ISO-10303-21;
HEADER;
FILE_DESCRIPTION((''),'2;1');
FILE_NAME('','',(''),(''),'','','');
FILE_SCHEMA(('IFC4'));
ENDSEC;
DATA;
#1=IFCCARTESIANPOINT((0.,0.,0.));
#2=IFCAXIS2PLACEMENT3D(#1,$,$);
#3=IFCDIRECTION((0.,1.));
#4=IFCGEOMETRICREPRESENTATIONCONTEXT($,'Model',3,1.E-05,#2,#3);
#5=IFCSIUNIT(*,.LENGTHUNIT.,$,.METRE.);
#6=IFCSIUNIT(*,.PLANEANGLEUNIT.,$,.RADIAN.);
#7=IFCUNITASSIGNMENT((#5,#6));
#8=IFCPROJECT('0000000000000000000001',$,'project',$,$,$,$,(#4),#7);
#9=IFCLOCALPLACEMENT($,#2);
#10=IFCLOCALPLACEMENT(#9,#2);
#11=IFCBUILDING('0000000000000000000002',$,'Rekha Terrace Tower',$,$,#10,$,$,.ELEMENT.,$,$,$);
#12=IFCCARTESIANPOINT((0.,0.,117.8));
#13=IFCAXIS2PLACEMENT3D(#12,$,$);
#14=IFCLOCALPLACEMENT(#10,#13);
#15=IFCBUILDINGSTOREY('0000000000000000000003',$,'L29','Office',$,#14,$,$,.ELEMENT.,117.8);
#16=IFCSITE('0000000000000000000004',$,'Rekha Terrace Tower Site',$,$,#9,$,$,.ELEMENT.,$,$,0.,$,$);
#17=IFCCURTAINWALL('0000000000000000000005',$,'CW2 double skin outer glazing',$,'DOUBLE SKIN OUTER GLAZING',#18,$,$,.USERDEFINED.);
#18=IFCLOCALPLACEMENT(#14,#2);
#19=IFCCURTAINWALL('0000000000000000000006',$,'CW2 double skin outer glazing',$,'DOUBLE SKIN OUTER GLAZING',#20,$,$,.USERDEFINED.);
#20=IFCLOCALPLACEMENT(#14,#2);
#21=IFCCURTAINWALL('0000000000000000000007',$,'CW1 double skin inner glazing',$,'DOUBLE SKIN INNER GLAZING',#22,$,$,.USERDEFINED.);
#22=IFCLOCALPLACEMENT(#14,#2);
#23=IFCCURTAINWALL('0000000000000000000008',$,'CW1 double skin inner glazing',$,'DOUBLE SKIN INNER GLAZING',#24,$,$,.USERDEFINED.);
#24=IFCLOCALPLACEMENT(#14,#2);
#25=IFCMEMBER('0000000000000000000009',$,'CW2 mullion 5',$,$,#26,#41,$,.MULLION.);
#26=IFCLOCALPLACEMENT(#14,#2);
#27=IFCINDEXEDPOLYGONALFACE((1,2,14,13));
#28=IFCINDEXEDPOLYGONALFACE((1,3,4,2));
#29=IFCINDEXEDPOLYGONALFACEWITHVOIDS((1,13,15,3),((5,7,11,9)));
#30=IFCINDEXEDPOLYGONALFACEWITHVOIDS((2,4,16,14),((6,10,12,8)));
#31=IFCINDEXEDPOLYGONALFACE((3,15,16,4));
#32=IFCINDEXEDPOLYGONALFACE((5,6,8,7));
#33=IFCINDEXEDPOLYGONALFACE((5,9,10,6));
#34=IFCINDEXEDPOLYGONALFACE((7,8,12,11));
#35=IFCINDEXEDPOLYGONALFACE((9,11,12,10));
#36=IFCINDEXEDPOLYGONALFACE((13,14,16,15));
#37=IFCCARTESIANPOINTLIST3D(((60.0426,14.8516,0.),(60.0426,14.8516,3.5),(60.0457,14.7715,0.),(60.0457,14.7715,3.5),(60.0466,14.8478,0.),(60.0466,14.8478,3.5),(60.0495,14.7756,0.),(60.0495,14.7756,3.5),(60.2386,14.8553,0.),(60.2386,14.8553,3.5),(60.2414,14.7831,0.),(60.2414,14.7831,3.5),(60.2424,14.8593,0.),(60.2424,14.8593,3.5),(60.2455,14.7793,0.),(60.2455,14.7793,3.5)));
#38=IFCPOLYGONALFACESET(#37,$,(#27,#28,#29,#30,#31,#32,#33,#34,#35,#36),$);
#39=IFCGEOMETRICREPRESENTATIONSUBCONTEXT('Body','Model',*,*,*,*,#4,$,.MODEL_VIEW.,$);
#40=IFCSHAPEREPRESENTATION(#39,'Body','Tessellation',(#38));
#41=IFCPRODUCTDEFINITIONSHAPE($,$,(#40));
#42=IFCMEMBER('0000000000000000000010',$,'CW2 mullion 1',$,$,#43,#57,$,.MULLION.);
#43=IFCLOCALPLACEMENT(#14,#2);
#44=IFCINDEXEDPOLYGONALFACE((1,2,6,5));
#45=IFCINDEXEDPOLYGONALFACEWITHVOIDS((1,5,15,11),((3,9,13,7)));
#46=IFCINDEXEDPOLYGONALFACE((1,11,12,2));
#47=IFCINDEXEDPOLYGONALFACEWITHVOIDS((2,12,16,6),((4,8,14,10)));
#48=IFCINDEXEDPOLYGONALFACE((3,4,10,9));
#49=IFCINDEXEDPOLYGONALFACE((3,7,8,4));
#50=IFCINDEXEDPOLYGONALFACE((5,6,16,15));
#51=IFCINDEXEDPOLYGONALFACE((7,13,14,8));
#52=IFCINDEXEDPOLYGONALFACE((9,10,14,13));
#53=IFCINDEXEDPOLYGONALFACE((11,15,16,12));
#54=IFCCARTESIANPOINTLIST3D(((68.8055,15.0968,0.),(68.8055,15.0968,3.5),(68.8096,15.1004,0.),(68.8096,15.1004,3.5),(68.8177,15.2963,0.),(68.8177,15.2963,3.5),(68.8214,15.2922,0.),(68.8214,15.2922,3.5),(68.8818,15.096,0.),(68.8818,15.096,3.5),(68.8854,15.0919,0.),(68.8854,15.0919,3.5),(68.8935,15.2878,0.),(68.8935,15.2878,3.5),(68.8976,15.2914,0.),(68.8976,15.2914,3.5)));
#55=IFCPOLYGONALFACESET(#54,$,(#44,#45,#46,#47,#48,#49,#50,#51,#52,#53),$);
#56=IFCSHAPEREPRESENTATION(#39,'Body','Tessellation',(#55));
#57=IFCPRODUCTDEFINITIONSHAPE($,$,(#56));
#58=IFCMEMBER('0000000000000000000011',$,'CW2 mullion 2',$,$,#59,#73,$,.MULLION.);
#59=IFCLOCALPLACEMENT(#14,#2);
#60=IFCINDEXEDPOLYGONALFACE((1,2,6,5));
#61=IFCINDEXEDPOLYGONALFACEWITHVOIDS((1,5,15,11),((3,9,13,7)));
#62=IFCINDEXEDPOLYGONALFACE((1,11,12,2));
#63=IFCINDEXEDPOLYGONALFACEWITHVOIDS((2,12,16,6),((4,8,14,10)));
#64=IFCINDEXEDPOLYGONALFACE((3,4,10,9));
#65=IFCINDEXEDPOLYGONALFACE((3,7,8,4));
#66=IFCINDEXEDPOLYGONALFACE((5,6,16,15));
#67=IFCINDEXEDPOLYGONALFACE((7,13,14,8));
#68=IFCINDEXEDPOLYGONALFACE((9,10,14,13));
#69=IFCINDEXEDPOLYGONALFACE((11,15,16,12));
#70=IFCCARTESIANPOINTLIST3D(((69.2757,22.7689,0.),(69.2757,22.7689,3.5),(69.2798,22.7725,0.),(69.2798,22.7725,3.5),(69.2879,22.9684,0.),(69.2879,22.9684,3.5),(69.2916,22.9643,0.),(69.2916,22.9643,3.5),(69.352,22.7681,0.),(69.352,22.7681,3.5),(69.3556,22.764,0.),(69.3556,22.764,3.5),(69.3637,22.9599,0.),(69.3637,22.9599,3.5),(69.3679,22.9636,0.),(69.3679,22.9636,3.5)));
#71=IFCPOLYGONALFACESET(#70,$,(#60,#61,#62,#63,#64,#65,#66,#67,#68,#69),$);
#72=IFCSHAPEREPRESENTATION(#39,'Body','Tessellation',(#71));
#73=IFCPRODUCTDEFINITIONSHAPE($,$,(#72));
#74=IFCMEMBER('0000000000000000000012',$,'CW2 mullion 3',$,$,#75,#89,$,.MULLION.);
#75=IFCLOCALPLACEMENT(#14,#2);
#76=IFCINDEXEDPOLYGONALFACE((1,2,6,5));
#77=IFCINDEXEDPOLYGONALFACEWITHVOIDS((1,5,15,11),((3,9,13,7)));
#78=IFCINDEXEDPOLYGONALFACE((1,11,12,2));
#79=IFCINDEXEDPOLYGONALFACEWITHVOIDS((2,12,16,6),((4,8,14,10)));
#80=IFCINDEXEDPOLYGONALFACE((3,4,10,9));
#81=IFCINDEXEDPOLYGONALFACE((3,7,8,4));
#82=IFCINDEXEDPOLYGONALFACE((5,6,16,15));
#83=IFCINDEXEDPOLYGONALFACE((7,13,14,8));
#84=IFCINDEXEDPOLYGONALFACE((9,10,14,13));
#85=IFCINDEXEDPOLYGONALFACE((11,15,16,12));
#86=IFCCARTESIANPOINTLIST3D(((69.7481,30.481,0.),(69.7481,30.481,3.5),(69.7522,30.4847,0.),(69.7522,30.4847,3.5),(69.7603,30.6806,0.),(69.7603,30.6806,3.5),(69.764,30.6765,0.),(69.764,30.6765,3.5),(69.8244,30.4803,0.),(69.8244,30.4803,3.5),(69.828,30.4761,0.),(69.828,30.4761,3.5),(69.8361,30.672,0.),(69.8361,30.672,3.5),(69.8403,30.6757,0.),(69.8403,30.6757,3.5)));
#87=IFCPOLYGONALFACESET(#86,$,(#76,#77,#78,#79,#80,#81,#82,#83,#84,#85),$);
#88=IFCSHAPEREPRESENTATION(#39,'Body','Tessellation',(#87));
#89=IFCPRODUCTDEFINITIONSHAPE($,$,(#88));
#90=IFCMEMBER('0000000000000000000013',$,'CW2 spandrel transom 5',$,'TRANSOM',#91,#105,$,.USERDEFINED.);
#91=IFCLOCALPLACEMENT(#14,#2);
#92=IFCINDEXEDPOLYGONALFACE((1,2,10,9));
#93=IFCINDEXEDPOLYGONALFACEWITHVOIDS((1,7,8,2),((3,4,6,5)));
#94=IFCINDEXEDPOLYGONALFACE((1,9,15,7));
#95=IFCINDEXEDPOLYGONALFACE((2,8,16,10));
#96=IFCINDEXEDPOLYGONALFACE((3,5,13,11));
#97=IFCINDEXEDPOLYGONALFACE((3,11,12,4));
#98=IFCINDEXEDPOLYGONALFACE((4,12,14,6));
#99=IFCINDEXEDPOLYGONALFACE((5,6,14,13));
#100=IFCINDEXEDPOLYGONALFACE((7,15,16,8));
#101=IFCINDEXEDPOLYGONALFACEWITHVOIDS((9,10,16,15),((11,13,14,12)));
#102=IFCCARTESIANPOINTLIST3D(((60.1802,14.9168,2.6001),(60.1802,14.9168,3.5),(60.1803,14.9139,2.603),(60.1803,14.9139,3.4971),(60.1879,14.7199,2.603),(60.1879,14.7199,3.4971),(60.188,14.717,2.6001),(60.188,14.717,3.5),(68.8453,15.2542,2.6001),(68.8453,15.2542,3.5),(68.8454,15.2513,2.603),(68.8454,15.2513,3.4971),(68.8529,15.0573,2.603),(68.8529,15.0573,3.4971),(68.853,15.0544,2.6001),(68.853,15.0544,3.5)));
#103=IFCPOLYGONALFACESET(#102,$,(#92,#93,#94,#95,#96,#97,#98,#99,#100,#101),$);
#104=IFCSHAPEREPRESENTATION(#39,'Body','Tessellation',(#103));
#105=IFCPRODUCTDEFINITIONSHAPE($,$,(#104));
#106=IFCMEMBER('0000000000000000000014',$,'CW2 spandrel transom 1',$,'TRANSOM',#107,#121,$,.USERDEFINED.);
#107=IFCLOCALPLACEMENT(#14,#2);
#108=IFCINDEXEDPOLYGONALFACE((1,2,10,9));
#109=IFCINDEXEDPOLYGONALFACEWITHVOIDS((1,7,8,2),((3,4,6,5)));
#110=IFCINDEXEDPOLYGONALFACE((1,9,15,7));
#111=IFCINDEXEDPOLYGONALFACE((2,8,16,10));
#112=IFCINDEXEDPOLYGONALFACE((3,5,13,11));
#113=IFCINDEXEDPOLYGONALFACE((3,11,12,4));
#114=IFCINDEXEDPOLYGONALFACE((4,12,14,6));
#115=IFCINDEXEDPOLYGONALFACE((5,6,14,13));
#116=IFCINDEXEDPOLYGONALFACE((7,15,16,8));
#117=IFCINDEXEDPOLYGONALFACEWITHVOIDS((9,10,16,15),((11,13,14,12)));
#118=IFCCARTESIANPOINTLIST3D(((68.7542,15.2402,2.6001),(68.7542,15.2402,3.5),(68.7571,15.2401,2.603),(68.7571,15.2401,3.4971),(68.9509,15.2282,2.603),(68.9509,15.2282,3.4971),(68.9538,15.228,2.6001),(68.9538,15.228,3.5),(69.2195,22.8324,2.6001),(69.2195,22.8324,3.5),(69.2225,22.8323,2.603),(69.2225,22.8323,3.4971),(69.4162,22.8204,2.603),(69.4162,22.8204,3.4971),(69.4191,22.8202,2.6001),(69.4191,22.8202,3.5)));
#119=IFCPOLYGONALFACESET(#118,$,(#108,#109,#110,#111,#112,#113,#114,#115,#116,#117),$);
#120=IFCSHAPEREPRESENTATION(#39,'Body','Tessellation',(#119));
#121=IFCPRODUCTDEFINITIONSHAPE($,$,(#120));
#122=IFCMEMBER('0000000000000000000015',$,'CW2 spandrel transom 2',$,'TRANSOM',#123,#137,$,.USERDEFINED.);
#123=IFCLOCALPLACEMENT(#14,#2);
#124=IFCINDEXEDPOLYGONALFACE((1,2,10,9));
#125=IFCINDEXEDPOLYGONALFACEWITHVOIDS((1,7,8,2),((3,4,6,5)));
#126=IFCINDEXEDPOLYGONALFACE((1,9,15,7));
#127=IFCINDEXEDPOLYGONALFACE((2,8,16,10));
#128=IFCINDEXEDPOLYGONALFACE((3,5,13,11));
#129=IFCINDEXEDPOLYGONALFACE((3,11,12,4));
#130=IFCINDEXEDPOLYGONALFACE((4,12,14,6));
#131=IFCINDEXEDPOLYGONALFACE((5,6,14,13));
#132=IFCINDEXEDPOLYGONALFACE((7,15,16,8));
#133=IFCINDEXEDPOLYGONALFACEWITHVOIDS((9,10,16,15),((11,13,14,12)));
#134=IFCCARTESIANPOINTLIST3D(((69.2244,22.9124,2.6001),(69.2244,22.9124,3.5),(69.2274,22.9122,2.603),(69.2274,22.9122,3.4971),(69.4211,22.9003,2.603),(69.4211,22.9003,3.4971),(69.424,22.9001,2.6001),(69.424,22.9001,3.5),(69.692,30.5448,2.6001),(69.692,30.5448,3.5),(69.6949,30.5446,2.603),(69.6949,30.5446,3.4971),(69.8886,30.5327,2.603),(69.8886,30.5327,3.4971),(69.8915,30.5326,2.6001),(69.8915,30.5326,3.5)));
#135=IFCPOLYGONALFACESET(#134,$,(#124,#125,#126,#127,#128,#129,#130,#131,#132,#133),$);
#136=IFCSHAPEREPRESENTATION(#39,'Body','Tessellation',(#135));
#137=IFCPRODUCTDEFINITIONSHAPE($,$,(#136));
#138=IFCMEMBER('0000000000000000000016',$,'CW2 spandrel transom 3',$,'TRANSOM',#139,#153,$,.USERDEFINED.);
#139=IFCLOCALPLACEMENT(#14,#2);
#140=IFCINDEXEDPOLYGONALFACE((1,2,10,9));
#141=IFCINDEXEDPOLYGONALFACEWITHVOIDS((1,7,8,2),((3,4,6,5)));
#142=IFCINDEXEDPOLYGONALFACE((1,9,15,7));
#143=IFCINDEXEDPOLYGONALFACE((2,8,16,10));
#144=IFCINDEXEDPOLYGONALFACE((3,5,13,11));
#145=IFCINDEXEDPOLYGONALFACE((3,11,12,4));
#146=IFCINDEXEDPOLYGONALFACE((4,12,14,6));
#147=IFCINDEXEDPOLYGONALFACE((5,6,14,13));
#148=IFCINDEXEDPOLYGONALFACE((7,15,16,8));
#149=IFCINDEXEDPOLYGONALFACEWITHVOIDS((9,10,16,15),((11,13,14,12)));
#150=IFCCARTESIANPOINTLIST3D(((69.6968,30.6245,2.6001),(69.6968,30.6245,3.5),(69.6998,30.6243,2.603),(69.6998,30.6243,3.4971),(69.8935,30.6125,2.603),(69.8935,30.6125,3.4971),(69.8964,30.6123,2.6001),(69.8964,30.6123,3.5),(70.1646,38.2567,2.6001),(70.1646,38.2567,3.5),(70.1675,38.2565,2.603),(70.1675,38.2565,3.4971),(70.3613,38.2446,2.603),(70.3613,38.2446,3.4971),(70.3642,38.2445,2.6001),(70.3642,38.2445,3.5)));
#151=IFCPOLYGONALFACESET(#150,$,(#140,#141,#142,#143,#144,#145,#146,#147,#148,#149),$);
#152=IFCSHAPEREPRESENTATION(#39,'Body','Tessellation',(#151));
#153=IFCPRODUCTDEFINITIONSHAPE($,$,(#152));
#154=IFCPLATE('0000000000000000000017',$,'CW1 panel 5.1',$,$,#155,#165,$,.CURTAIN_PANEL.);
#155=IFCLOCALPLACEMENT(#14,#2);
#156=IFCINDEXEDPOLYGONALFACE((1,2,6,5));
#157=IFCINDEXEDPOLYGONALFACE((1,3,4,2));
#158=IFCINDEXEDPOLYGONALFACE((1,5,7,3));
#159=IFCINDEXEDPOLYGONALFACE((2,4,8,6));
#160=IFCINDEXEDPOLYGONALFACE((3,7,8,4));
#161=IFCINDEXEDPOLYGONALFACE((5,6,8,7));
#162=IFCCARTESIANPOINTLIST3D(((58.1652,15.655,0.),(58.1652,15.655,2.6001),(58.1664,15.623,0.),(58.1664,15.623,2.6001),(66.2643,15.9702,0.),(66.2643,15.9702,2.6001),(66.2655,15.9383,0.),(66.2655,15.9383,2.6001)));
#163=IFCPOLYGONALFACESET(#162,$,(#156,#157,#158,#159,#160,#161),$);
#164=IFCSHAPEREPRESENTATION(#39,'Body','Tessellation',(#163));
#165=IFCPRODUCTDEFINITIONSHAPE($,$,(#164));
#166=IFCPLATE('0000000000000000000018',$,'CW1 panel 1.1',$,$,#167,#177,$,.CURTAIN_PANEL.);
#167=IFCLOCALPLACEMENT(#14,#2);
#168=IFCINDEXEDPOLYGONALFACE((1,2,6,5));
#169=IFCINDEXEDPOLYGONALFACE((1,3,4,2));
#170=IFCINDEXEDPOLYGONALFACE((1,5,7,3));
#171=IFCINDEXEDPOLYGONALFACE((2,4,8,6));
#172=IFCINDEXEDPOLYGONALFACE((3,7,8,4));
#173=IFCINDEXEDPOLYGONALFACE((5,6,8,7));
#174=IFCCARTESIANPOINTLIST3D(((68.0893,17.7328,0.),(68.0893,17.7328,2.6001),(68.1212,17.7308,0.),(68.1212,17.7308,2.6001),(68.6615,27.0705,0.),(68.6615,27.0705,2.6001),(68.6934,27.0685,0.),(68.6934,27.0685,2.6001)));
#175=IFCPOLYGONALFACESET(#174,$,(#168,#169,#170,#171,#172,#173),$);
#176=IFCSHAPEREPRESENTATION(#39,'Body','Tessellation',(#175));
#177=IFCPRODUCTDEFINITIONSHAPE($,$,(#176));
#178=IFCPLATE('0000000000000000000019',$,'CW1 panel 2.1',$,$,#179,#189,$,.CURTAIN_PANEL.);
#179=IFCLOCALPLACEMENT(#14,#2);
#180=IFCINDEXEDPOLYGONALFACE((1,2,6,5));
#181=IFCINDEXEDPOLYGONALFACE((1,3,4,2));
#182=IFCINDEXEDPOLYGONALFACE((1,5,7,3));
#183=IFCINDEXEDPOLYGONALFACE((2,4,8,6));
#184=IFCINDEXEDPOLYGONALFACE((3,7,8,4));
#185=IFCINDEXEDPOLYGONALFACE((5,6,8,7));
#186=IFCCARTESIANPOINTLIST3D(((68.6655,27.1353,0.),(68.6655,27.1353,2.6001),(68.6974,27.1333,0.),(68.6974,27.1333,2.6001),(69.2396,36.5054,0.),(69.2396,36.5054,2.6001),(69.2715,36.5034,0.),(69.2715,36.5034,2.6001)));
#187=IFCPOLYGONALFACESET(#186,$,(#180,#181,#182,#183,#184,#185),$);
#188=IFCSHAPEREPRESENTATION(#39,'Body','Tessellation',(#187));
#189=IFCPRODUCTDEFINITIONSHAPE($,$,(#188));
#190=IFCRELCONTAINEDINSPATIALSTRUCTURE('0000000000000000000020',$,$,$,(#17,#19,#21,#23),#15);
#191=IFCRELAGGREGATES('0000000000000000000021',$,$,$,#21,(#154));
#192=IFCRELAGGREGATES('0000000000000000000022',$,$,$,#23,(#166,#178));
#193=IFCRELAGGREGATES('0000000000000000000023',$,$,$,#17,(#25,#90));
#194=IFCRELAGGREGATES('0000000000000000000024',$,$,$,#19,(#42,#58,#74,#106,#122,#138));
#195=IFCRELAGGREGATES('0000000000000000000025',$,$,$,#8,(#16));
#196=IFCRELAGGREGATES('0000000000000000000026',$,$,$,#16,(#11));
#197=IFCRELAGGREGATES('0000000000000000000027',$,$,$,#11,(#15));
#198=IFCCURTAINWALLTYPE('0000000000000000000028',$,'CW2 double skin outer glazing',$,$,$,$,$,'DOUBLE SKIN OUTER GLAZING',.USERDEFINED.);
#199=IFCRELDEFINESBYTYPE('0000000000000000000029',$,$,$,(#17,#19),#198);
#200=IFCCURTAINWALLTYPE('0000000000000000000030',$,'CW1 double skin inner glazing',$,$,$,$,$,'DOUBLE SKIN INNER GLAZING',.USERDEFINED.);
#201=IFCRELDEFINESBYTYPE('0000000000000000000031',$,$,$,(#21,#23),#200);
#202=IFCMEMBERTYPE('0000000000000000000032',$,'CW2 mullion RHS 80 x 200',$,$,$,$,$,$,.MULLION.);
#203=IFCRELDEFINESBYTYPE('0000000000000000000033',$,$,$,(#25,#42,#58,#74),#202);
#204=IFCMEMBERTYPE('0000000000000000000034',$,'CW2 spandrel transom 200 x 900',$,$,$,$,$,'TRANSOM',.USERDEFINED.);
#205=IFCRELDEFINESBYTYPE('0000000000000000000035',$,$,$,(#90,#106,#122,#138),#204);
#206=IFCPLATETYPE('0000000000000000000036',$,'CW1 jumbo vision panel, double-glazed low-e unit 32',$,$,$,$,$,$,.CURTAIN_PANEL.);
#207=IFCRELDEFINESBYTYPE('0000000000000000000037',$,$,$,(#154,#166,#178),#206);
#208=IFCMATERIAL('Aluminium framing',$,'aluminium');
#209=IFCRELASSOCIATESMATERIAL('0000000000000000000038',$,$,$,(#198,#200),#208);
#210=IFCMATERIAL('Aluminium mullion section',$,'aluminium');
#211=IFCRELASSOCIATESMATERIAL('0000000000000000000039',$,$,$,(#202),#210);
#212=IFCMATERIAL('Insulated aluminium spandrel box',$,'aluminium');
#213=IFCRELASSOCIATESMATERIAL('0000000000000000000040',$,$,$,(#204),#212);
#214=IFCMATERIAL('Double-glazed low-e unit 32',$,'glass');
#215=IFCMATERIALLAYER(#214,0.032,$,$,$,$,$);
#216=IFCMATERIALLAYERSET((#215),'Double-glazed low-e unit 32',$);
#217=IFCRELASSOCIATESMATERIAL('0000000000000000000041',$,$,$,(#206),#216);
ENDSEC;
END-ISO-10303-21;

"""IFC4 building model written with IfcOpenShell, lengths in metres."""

from ifc_helpers import new_model, si_unit, direction, frame, origin, origin_2d, place, context, subcontext, project, spatial, rectangle, hollow_rectangle, extrude, material, layer, layer_set, material_profile, profile_set, type_object, element, aggregate, save


model = new_model("IFC4")

# Units and contexts
model_context = context("Model", 3, precision=1e-05, world=origin(), true_north=direction((0.0, 1.0)))
body_context = subcontext(model_context, "Body", "Model", "MODEL_VIEW")
ifc_project = project(units=[si_unit("LENGTHUNIT", "METRE"), si_unit("PLANEANGLEUNIT", "RADIAN")], contexts=[model_context])

# Site, building, storey
site_placement = place(None, origin())
site = spatial("IfcSite", under=ifc_project, at=site_placement, Name="Rekha Terrace Tower Site", CompositionType="ELEMENT", RefElevation=0.0)
building_placement = place(site_placement, origin())
building = spatial("IfcBuilding", under=site, at=building_placement, Name="Rekha Terrace Tower", CompositionType="ELEMENT")
storey_placement = place(building_placement, frame((0.0, 0.0, 117.8)))
storey = spatial("IfcBuildingStorey", under=building, at=storey_placement, Name="L29", Description="Office", CompositionType="ELEMENT", Elevation=117.8)

# Curtain wall
ifc_material_1 = material(Name="Aluminium framing", Category="aluminium")
curtain_wall_type_1 = type_object("IfcCurtainWallType", Name="CW2 double skin outer glazing", ElementType="DOUBLE SKIN OUTER GLAZING", PredefinedType="USERDEFINED", material=ifc_material_1)
curtain_wall_1_placement = place(storey_placement, origin())
curtain_wall_1 = element("IfcCurtainWall", 1, at=curtain_wall_1_placement, inside=storey, type_object=curtain_wall_type_1, Name="CW2 double skin outer glazing", ObjectType="DOUBLE SKIN OUTER GLAZING", PredefinedType="USERDEFINED")

# Curtain wall
curtain_wall_2_placement = place(storey_placement, origin())
curtain_wall_2 = element("IfcCurtainWall", 2, at=curtain_wall_2_placement, inside=storey, type_object=curtain_wall_type_1, Name="CW2 double skin outer glazing", ObjectType="DOUBLE SKIN OUTER GLAZING", PredefinedType="USERDEFINED")

# Curtain wall
curtain_wall_type_2 = type_object("IfcCurtainWallType", Name="CW1 double skin inner glazing", ElementType="DOUBLE SKIN INNER GLAZING", PredefinedType="USERDEFINED", material=ifc_material_1)
curtain_wall_3_placement = place(storey_placement, origin())
curtain_wall_3 = element("IfcCurtainWall", 3, at=curtain_wall_3_placement, inside=storey, type_object=curtain_wall_type_2, Name="CW1 double skin inner glazing", ObjectType="DOUBLE SKIN INNER GLAZING", PredefinedType="USERDEFINED")
ifc_material_2 = material(Name="Aluminium mullion section", Category="aluminium")

# Curtain wall
curtain_wall_4_placement = place(storey_placement, origin())
curtain_wall_4 = element("IfcCurtainWall", 4, at=curtain_wall_4_placement, inside=storey, type_object=curtain_wall_type_2, Name="CW1 double skin inner glazing", ObjectType="DOUBLE SKIN INNER GLAZING", PredefinedType="USERDEFINED")
ifc_material_3 = material(Name="Insulated aluminium spandrel box", Category="aluminium")

# Members
ifc_material_profile_1 = material_profile(ifc_material_2, hollow_rectangle(XDim=0.0801, YDim=0.2, WallThickness=0.0039, at=origin_2d()), Name="AL RHS 80x200")
ifc_profile_set_1 = profile_set([ifc_material_profile_1], Name="Aluminium mullion section")
member_type_1 = type_object("IfcMemberType", Name="CW2 mullion RHS 80 x 200", PredefinedType="MULLION", material=ifc_profile_set_1)
member_1_placement = place(storey_placement, frame((60.144, 14.8154, 0.0), z_axis=(0.0, 0.0, 1.0), x_axis=(-0.03889, 0.999243, 0.0)))
member_1 = element("IfcMember", 5, at=member_1_placement, type_object=member_type_1, Name="CW2 mullion 5", PredefinedType="MULLION", context=body_context, shape_type="SweptSolid", body=[
    extrude(hollow_rectangle(XDim=0.0801, YDim=0.2, WallThickness=0.0039, at=origin_2d()), origin(), (0.0, 0.0, 1.0), 3.5),
])
member_2_placement = place(storey_placement, frame((68.8516, 15.1941, 0.0), z_axis=(0.0, 0.0, 1.0), x_axis=(-0.998128, 0.06116, 0.0)))
member_2 = element("IfcMember", 6, at=member_2_placement, type_object=member_type_1, Name="CW2 mullion 1", PredefinedType="MULLION", context=body_context, shape_type="SweptSolid", body=[
    extrude(hollow_rectangle(XDim=0.0801, YDim=0.2, WallThickness=0.0039, at=origin_2d()), origin(), (0.0, 0.0, 1.0), 3.5),
])
member_3_placement = place(storey_placement, frame((69.3218, 22.8662, 0.0), z_axis=(0.0, 0.0, 1.0), x_axis=(-0.998128, 0.06116, 0.0)))
member_3 = element("IfcMember", 7, at=member_3_placement, type_object=member_type_1, Name="CW2 mullion 2", PredefinedType="MULLION", context=body_context, shape_type="SweptSolid", body=[
    extrude(hollow_rectangle(XDim=0.0801, YDim=0.2, WallThickness=0.0039, at=origin_2d()), origin(), (0.0, 0.0, 1.0), 3.5),
])
member_4_placement = place(storey_placement, frame((69.7942, 30.5784, 0.0), z_axis=(0.0, 0.0, 1.0), x_axis=(-0.998128, 0.06116, 0.0)))
member_4 = element("IfcMember", 8, at=member_4_placement, type_object=member_type_1, Name="CW2 mullion 3", PredefinedType="MULLION", context=body_context, shape_type="SweptSolid", body=[
    extrude(hollow_rectangle(XDim=0.0801, YDim=0.2, WallThickness=0.0039, at=origin_2d()), origin(), (0.0, 0.0, 1.0), 3.5),
])
ifc_material_profile_2 = material_profile(ifc_material_3, hollow_rectangle(XDim=0.2, YDim=0.8999, WallThickness=0.0029, at=origin_2d()), Name="AL SPANDREL BOX 200x900")
ifc_profile_set_2 = profile_set([ifc_material_profile_2], Name="Insulated aluminium spandrel box")
member_type_2 = type_object("IfcMemberType", Name="CW2 spandrel transom 200 x 900", ElementType="TRANSOM", PredefinedType="USERDEFINED", material=ifc_profile_set_2)
member_5_placement = place(storey_placement, frame((60.1841, 14.8169, 3.05), z_axis=(0.999243, 0.038909, 0.0), x_axis=(-0.038909, 0.999243, 0.0)))
member_5 = element("IfcMember", 9, at=member_5_placement, type_object=member_type_2, Name="CW2 spandrel transom 5", ObjectType="TRANSOM", PredefinedType="USERDEFINED", context=body_context, shape_type="SweptSolid", body=[
    extrude(hollow_rectangle(XDim=0.2, YDim=0.8999, WallThickness=0.0029, at=origin_2d()), origin(), (0.0, 0.0, 1.0), 8.6716),
])
member_6_placement = place(storey_placement, frame((68.854, 15.2341, 3.05), z_axis=(0.061175, 0.998127, 0.0), x_axis=(-0.998127, 0.061175, 0.0)))
member_6 = element("IfcMember", 10, at=member_6_placement, type_object=member_type_2, Name="CW2 spandrel transom 1", ObjectType="TRANSOM", PredefinedType="USERDEFINED", context=body_context, shape_type="SweptSolid", body=[
    extrude(hollow_rectangle(XDim=0.2, YDim=0.8999, WallThickness=0.0029, at=origin_2d()), origin(), (0.0, 0.0, 1.0), 7.6064),
])
member_7_placement = place(storey_placement, frame((69.3242, 22.9062, 3.05), z_axis=(0.061142, 0.998129, 0.0), x_axis=(-0.998129, 0.061142, 0.0)))
member_7 = element("IfcMember", 11, at=member_7_placement, type_object=member_type_2, Name="CW2 spandrel transom 2", ObjectType="TRANSOM", PredefinedType="USERDEFINED", context=body_context, shape_type="SweptSolid", body=[
    extrude(hollow_rectangle(XDim=0.2, YDim=0.8999, WallThickness=0.0029, at=origin_2d()), origin(), (0.0, 0.0, 1.0), 7.6467),
])
member_8_placement = place(storey_placement, frame((69.7966, 30.6184, 3.05), z_axis=(0.061176, 0.998127, 0.0), x_axis=(-0.998127, 0.061176, 0.0)))
member_8 = element("IfcMember", 12, at=member_8_placement, type_object=member_type_2, Name="CW2 spandrel transom 3", ObjectType="TRANSOM", PredefinedType="USERDEFINED", context=body_context, shape_type="SweptSolid", body=[
    extrude(hollow_rectangle(XDim=0.2, YDim=0.8999, WallThickness=0.0029, at=origin_2d()), origin(), (0.0, 0.0, 1.0), 7.6465),
])

# Plates
ifc_material_4 = material(Name="Double-glazed low-e unit 32", Category="glass")
ifc_layer_1 = layer(ifc_material_4, 0.032)
ifc_layer_set_1 = layer_set([ifc_layer_1], Name="Double-glazed low-e unit 32")
plate_type_1 = type_object("IfcPlateType", Name="CW1 jumbo vision panel, double-glazed low-e unit 32", PredefinedType="CURTAIN_PANEL", material=ifc_layer_set_1)
plate_1_placement = place(storey_placement, frame((62.2153, 15.7966, 0.0), z_axis=(0.0, 0.0, 1.0), x_axis=(0.999243, 0.03889, 0.0)))
plate_1 = element("IfcPlate", 13, at=plate_1_placement, type_object=plate_type_1, Name="CW1 panel 5.1", PredefinedType="CURTAIN_PANEL", context=body_context, shape_type="SweptSolid", body=[
    extrude(rectangle(XDim=8.1052, YDim=0.032, at=origin_2d()), origin(), (0.0, 0.0, 1.0), 2.6001),
])
aggregate(curtain_wall_3, [plate_1])
plate_2_placement = place(storey_placement, frame((68.3914, 22.4006, 0.0), z_axis=(0.0, 0.0, 1.0), x_axis=(0.06116, 0.998128, 0.0)))
plate_2 = element("IfcPlate", 14, at=plate_2_placement, type_object=plate_type_1, Name="CW1 panel 1.1", PredefinedType="CURTAIN_PANEL", context=body_context, shape_type="SweptSolid", body=[
    extrude(rectangle(XDim=9.3552, YDim=0.032, at=origin_2d()), origin(), (0.0, 0.0, 1.0), 2.6001),
])
plate_3_placement = place(storey_placement, frame((68.9685, 31.8193, 0.0), z_axis=(0.0, 0.0, 1.0), x_axis=(0.06116, 0.998128, 0.0)))
plate_3 = element("IfcPlate", 15, at=plate_3_placement, type_object=plate_type_1, Name="CW1 panel 2.1", PredefinedType="CURTAIN_PANEL", context=body_context, shape_type="SweptSolid", body=[
    extrude(rectangle(XDim=9.3877, YDim=0.032, at=origin_2d()), origin(), (0.0, 0.0, 1.0), 2.6001),
])
aggregate(curtain_wall_4, [plate_2, plate_3])
aggregate(curtain_wall_1, [member_1, member_5])
aggregate(curtain_wall_2, [member_2, member_3, member_4, member_6, member_7, member_8])

save(model, "model.ifc")
